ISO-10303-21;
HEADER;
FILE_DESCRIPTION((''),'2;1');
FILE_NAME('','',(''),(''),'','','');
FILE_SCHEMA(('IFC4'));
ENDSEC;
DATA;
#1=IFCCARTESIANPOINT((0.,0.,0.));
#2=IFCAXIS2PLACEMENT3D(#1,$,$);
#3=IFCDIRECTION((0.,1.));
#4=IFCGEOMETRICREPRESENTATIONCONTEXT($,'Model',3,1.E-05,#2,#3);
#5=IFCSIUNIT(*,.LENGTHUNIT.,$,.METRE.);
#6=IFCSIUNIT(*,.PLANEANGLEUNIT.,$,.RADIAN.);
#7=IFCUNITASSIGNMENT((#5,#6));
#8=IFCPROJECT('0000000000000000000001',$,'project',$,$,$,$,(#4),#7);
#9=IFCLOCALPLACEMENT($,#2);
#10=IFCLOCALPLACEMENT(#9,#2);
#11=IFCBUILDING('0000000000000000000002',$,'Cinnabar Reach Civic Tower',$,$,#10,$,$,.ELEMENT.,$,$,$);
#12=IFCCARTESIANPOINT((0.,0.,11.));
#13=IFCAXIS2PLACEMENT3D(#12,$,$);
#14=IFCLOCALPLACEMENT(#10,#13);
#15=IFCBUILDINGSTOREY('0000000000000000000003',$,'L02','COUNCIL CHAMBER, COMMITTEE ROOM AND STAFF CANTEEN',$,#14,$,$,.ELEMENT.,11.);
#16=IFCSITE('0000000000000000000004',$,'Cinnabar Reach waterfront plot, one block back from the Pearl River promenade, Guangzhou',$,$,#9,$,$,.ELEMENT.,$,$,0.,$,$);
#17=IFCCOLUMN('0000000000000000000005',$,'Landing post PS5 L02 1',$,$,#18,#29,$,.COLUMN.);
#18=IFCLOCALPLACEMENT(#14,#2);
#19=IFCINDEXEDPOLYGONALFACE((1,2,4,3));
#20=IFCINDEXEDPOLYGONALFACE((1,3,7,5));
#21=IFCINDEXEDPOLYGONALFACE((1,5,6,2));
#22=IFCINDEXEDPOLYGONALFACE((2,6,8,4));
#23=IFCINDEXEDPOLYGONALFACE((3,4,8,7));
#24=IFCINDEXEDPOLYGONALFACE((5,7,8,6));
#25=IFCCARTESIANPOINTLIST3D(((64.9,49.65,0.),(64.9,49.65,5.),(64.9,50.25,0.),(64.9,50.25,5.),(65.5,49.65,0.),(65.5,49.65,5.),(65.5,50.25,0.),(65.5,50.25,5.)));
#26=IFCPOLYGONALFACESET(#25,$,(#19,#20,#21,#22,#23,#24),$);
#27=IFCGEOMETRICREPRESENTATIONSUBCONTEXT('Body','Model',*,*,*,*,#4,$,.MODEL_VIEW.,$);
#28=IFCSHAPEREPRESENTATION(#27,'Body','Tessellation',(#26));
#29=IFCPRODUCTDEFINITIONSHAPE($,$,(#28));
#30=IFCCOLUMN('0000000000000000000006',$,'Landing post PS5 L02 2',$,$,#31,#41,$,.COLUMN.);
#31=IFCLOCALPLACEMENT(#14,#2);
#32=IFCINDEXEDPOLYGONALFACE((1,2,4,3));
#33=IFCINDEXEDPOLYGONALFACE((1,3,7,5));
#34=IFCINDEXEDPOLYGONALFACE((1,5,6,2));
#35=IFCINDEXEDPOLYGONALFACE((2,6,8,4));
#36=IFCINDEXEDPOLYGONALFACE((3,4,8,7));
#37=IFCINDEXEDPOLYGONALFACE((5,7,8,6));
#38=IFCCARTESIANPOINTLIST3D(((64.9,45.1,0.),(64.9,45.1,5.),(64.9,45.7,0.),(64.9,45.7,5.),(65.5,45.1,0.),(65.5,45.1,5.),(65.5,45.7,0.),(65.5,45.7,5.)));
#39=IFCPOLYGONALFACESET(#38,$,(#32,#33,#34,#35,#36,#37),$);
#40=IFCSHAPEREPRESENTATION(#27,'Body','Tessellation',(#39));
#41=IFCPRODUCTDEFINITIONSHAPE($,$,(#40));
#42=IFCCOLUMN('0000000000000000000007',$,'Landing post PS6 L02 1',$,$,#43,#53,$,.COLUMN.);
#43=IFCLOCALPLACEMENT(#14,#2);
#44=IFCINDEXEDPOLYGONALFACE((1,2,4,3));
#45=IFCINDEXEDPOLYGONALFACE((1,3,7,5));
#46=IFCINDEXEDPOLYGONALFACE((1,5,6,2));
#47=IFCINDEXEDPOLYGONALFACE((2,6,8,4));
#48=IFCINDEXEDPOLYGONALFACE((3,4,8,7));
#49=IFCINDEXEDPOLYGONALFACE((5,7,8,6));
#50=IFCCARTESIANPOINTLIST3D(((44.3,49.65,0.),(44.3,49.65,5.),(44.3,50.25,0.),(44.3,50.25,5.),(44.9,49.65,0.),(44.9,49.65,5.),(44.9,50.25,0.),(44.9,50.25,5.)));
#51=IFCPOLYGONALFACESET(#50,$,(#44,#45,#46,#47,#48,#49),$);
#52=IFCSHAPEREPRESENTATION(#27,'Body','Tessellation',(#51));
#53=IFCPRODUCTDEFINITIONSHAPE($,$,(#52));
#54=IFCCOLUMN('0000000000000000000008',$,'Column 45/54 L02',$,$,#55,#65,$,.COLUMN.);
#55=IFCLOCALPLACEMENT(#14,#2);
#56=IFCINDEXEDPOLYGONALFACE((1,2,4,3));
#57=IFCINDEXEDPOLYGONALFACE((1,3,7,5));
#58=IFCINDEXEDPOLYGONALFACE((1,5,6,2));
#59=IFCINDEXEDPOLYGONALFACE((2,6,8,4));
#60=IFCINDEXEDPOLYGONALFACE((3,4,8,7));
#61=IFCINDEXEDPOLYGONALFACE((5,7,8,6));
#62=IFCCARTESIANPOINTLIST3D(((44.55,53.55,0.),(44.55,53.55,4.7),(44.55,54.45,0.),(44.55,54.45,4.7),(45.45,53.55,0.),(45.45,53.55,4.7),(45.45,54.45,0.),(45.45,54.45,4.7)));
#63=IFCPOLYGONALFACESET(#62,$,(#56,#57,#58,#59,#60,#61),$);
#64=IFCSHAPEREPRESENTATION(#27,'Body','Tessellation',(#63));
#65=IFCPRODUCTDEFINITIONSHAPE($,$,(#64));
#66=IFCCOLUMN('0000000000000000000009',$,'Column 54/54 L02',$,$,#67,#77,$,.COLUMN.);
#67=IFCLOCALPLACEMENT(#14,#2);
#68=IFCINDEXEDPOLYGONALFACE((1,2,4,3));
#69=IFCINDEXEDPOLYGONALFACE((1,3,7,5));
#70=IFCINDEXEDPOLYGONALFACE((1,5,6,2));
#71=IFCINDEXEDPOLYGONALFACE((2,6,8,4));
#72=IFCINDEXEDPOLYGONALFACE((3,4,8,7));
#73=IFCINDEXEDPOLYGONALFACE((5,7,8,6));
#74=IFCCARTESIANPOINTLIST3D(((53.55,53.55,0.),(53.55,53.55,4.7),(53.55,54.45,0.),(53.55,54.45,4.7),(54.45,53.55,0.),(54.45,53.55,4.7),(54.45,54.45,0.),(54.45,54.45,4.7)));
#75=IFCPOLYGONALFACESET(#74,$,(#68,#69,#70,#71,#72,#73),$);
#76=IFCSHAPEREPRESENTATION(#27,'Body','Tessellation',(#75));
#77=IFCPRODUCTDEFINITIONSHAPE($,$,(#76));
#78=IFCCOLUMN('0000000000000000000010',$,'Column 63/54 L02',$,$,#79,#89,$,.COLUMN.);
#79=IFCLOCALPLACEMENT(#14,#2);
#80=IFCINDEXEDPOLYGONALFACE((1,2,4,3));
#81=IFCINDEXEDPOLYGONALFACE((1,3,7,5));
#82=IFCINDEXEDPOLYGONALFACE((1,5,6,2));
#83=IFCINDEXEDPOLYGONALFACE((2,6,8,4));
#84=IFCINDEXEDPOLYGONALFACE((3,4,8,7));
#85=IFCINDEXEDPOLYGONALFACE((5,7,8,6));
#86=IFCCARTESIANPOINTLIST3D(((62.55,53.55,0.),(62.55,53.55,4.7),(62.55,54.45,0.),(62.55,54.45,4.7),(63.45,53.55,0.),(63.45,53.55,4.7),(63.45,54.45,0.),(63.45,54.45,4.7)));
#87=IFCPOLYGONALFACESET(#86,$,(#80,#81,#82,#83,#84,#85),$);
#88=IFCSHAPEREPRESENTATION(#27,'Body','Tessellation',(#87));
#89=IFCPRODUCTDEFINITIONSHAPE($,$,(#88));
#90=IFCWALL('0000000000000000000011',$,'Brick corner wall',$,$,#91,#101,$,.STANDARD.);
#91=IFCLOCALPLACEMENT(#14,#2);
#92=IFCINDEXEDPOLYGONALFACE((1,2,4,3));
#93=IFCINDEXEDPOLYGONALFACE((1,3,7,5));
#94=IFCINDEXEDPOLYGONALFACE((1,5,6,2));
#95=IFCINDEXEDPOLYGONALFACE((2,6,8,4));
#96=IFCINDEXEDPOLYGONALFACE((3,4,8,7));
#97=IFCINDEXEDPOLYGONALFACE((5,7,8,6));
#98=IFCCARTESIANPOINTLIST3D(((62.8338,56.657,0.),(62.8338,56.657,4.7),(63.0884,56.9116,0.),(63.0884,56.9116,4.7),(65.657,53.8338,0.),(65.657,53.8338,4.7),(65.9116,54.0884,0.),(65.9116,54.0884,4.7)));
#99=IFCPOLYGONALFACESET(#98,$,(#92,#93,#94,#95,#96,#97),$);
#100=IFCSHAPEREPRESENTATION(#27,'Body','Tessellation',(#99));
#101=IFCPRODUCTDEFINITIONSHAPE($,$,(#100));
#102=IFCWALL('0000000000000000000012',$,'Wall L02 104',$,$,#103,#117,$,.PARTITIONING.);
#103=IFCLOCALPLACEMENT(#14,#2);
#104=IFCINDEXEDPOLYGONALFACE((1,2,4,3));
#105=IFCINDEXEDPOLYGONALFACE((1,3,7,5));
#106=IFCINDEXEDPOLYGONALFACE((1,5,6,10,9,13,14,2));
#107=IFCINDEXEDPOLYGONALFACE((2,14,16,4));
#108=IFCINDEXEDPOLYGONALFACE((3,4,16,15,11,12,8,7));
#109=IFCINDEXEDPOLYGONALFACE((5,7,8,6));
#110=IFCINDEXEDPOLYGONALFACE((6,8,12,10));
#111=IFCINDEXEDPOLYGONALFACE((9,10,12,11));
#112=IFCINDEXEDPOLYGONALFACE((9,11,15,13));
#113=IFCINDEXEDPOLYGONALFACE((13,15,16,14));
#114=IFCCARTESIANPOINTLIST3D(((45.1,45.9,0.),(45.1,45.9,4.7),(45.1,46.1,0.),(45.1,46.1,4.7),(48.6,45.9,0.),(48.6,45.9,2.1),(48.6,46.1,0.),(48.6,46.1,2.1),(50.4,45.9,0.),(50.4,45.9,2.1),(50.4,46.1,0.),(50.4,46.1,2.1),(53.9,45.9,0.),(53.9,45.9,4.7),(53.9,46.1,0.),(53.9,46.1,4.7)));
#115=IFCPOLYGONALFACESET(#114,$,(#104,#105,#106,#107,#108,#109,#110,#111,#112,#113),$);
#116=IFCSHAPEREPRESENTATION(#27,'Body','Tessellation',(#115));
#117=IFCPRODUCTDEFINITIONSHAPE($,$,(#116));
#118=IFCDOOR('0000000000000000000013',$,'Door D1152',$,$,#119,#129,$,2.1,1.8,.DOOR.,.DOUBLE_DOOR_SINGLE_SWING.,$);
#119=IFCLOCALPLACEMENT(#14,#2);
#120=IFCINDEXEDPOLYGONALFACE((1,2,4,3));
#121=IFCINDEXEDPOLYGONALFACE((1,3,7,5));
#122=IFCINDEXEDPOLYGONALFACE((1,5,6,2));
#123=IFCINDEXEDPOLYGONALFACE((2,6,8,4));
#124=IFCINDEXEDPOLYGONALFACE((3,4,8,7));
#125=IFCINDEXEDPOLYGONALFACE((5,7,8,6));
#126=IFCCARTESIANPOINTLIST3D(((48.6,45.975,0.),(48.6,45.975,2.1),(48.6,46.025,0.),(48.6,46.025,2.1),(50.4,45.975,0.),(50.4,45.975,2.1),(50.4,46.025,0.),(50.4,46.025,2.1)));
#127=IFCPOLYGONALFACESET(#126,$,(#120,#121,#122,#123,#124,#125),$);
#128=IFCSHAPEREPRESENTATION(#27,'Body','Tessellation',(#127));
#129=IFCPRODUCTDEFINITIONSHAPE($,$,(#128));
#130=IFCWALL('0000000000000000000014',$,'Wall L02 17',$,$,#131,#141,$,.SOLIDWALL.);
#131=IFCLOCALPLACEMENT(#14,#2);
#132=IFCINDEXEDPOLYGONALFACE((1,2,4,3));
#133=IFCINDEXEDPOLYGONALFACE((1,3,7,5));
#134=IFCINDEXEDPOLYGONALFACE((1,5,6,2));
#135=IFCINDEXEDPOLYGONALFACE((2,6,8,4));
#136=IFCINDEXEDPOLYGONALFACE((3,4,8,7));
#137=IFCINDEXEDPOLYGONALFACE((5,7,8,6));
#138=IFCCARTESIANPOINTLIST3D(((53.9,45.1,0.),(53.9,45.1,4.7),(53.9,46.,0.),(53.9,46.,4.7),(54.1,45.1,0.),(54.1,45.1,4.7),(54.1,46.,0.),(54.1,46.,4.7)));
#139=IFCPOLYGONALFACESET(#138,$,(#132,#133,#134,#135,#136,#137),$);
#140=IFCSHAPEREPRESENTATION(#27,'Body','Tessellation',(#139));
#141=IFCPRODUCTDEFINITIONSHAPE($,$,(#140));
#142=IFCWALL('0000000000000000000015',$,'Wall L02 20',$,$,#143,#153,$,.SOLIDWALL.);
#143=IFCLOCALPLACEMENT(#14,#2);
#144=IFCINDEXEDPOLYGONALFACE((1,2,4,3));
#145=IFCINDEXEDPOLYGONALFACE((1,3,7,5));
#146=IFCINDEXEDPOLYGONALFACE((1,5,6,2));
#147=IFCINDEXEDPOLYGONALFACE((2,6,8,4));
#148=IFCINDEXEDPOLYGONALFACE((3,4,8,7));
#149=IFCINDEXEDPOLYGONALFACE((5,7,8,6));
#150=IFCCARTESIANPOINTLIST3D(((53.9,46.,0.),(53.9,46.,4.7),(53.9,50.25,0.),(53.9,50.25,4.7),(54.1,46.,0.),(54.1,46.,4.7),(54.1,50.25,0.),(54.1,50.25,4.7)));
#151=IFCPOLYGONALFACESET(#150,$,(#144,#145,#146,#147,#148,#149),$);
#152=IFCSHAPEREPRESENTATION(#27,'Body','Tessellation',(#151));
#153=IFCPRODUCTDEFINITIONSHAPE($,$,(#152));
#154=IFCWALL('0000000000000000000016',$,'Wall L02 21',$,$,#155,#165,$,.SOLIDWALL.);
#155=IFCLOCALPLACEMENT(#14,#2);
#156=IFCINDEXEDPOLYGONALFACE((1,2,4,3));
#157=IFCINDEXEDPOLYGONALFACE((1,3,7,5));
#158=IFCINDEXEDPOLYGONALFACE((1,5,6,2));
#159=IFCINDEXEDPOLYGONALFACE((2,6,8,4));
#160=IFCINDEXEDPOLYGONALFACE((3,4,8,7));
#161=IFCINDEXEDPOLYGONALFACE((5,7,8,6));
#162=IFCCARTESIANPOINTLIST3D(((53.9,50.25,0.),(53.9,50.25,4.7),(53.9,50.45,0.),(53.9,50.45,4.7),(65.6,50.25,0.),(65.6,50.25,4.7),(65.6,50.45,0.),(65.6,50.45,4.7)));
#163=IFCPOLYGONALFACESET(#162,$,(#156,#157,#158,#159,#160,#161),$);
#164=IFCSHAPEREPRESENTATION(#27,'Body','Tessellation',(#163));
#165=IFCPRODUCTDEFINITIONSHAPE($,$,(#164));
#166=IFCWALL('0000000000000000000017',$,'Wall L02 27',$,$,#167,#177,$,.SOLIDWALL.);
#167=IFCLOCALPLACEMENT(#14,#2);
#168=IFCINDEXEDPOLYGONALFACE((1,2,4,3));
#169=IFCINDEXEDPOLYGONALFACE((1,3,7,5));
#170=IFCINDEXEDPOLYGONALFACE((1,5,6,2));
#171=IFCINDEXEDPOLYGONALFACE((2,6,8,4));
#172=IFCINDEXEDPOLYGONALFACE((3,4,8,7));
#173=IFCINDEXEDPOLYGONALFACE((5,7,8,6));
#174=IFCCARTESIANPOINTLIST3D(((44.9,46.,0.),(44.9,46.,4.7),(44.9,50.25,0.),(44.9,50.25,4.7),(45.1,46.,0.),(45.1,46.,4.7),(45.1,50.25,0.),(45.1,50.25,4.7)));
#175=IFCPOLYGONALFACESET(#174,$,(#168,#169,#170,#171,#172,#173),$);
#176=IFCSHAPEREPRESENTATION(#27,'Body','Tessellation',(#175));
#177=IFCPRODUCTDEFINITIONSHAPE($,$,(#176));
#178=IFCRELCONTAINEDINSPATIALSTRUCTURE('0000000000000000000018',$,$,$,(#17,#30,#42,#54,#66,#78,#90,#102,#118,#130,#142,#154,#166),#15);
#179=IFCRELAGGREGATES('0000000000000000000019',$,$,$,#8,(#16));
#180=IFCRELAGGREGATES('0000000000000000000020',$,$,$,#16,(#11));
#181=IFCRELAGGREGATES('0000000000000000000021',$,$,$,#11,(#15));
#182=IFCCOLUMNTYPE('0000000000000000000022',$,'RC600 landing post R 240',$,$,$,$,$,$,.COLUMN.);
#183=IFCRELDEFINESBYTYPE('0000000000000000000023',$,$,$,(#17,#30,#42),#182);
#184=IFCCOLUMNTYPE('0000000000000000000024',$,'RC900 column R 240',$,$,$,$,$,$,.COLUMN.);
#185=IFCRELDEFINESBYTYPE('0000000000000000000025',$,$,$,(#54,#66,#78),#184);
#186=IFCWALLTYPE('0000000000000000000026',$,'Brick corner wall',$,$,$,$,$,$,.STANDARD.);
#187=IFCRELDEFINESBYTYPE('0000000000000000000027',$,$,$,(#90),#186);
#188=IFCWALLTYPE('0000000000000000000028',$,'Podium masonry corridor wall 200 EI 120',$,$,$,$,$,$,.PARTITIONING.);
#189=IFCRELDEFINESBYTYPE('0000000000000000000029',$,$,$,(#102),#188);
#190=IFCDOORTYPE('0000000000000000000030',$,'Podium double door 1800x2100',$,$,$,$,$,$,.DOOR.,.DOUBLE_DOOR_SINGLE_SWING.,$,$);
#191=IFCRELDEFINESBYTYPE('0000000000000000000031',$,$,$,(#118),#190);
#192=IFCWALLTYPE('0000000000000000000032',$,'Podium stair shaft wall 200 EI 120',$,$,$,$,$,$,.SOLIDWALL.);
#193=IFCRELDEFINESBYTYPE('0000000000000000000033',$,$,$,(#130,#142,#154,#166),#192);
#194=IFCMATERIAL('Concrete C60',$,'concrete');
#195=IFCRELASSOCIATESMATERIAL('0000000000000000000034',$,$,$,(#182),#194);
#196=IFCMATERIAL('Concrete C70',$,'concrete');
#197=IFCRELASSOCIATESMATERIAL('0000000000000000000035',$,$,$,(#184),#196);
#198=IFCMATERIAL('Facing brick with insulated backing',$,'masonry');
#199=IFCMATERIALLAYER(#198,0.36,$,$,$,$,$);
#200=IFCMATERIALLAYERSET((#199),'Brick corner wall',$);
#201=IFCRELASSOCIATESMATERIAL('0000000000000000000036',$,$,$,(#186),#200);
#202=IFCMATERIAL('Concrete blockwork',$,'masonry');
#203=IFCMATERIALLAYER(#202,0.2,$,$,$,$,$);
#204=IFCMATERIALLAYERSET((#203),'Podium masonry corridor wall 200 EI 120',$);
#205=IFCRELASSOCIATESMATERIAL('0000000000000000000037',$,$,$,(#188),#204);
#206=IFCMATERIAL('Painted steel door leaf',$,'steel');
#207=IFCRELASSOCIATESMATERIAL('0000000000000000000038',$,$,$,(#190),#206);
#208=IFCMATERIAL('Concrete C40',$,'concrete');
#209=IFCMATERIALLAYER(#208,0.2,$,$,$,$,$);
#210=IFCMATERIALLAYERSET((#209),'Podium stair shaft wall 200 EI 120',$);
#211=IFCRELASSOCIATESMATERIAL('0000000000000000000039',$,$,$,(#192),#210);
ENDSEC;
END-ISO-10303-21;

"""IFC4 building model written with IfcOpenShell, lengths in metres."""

from ifc_helpers import new_model, si_unit, direction, frame, frame_2d, origin, origin_2d, place, context, subcontext, project, spatial, rectangle, extrude, material, layer, layer_set, material_profile, profile_set, type_object, element, fill, save


model = new_model("IFC4")

# Units and contexts
model_context = context("Model", 3, precision=1e-05, world=origin(), true_north=direction((0.0, 1.0)))
body_context = subcontext(model_context, "Body", "Model", "MODEL_VIEW")
ifc_project = project(units=[si_unit("LENGTHUNIT", "METRE"), si_unit("PLANEANGLEUNIT", "RADIAN")], contexts=[model_context])

# Site, building, storey
site_placement = place(None, origin())
site = spatial("IfcSite", under=ifc_project, at=site_placement, Name="Cinnabar Reach waterfront plot, one block back from the Pearl River promenade, Guangzhou", CompositionType="ELEMENT", RefElevation=0.0)
building_placement = place(site_placement, origin())
building = spatial("IfcBuilding", under=site, at=building_placement, Name="Cinnabar Reach Civic Tower", CompositionType="ELEMENT")
storey_placement = place(building_placement, frame((0.0, 0.0, 11.0)))
storey = spatial("IfcBuildingStorey", under=building, at=storey_placement, Name="L02", Description="COUNCIL CHAMBER, COMMITTEE ROOM AND STAFF CANTEEN", CompositionType="ELEMENT", Elevation=11.0)

# Columns
ifc_material_1 = material(Name="Concrete C60", Category="concrete")
ifc_material_profile_1 = material_profile(ifc_material_1, rectangle(XDim=0.6, YDim=0.6, at=origin_2d()), Name="RC600")
ifc_profile_set_1 = profile_set([ifc_material_profile_1], Name="Concrete C60")
column_type_1 = type_object("IfcColumnType", Name="RC600 landing post R 240", PredefinedType="COLUMN", material=ifc_profile_set_1)
for number, where, z_axis, x_axis, name in (
    (1, (65.2, 49.95, 0.0), (0.0, 0.0, 1.0), (1.0, 0.0, 0.0), "Landing post PS5 L02 1"),
    (2, (65.2, 45.4, 0.0), (0.0, 0.0, 1.0), (1.0, 0.0, 0.0), "Landing post PS5 L02 2"),
    (3, (44.6, 49.95, 0.0), (0.0, 0.0, 1.0), (1.0, 0.0, 0.0), "Landing post PS6 L02 1"),
):
    element("IfcColumn", number, at=place(storey_placement, frame(where, z_axis=z_axis, x_axis=x_axis)), inside=storey, type_object=column_type_1, Name=name, PredefinedType="COLUMN", context=body_context, shape_type="SweptSolid", body=[
        extrude(rectangle(XDim=0.6, YDim=0.6, at=origin_2d()), origin(), (0.0, 0.0, 1.0), 5.0),
    ])
ifc_material_2 = material(Name="Concrete C70", Category="concrete")
ifc_material_profile_2 = material_profile(ifc_material_2, rectangle(XDim=0.9, YDim=0.9, at=origin_2d()), Name="RC900")
ifc_profile_set_2 = profile_set([ifc_material_profile_2], Name="Concrete C70")
column_type_2 = type_object("IfcColumnType", Name="RC900 column R 240", PredefinedType="COLUMN", material=ifc_profile_set_2)
for number, where, z_axis, x_axis, name in (
    (4, (45.0, 54.0, 0.0), (0.0, 0.0, 1.0), (1.0, 0.0, 0.0), "Column 45/54 L02"),
    (5, (54.0, 54.0, 0.0), (0.0, 0.0, 1.0), (1.0, 0.0, 0.0), "Column 54/54 L02"),
    (6, (63.0, 54.0, 0.0), (0.0, 0.0, 1.0), (1.0, 0.0, 0.0), "Column 63/54 L02"),
):
    element("IfcColumn", number, at=place(storey_placement, frame(where, z_axis=z_axis, x_axis=x_axis)), inside=storey, type_object=column_type_2, Name=name, PredefinedType="COLUMN", context=body_context, shape_type="SweptSolid", body=[
        extrude(rectangle(XDim=0.9, YDim=0.9, at=origin_2d()), origin(), (0.0, 0.0, 1.0), 4.7),
    ])

# Wall
ifc_material_3 = material(Name="Facing brick with insulated backing", Category="masonry")
ifc_layer_1 = layer(ifc_material_3, 0.36)
ifc_layer_set_1 = layer_set([ifc_layer_1], Name="Brick corner wall")
wall_type_1 = type_object("IfcWallType", Name="Brick corner wall", PredefinedType="STANDARD", material=ifc_layer_set_1)
wall_1_placement = place(storey_placement, frame((65.7843, 53.9611, 0.0), z_axis=(0.0, 0.0, 1.0), x_axis=(-0.707107, 0.707107, 0.0)))
element("IfcWall", 7, at=wall_1_placement, inside=storey, type_object=wall_type_1, Name="Brick corner wall", PredefinedType="STANDARD", context=body_context, shape_type="SweptSolid", body=[
    extrude(rectangle(XDim=3.9926, YDim=0.36, at=frame_2d((1.9963, 0.0))), origin(), (0.0, 0.0, 1.0), 4.7),
])

# Wall, opening, door
ifc_material_4 = material(Name="Concrete blockwork", Category="masonry")
ifc_layer_2 = layer(ifc_material_4, 0.2)
ifc_layer_set_2 = layer_set([ifc_layer_2], Name="Podium masonry corridor wall 200 EI 120")
wall_type_2 = type_object("IfcWallType", Name="Podium masonry corridor wall 200 EI 120", PredefinedType="PARTITIONING", material=ifc_layer_set_2)
wall_2_placement = place(storey_placement, frame((45.1, 46.0, 0.0), z_axis=(0.0, 0.0, 1.0), x_axis=(1.0, 0.0, 0.0)))
wall_2 = element("IfcWall", 8, at=wall_2_placement, inside=storey, type_object=wall_type_2, Name="Wall L02 104", PredefinedType="PARTITIONING", context=body_context, shape_type="SweptSolid", body=[
    extrude(rectangle(XDim=8.8, YDim=0.2, at=frame_2d((4.4, 0.0))), origin(), (0.0, 0.0, 1.0), 4.7),
])
opening_placement = place(wall_2_placement, frame((3.5, 0.0, 0.0)))
opening = element("IfcOpeningElement", 9, at=opening_placement, cuts=wall_2, PredefinedType="OPENING", context=body_context, shape_type="SweptSolid", body=[
    extrude(rectangle(XDim=1.8, YDim=2.1, at=frame_2d((0.9, 1.05))), frame((0.0, 0.11, 0.0), z_axis=(0.0, -1.0, 0.0), x_axis=(1.0, 0.0, 0.0)), (0.0, 0.0, 1.0), 0.22),
])
ifc_material_5 = material(Name="Painted steel door leaf", Category="steel")
door_type = type_object("IfcDoorType", Name="Podium double door 1800x2100", OperationType="DOUBLE_DOOR_SINGLE_SWING", PredefinedType="DOOR", material=ifc_material_5)
door_placement = place(opening_placement, origin())
door = element("IfcDoor", 10, at=door_placement, inside=storey, type_object=door_type, Name="Door D1152", OperationType="DOUBLE_DOOR_SINGLE_SWING", OverallHeight=2.1, OverallWidth=1.8, PredefinedType="DOOR", context=body_context, shape_type="SweptSolid", body=[
    extrude(rectangle(XDim=1.8, YDim=2.1, at=frame_2d((0.9, 1.05))), frame((0.0, 0.025, 0.0), z_axis=(0.0, -1.0, 0.0), x_axis=(1.0, 0.0, 0.0)), (0.0, 0.0, 1.0), 0.05),
])
fill(opening, door)

# Walls
ifc_material_6 = material(Name="Concrete C40", Category="concrete")
ifc_layer_3 = layer(ifc_material_6, 0.2)
ifc_layer_set_3 = layer_set([ifc_layer_3], Name="Podium stair shaft wall 200 EI 120")
wall_type_3 = type_object("IfcWallType", Name="Podium stair shaft wall 200 EI 120", PredefinedType="SOLIDWALL", material=ifc_layer_set_3)
wall_3_placement = place(storey_placement, frame((54.0, 45.1, 0.0), z_axis=(0.0, 0.0, 1.0), x_axis=(0.0, 1.0, 0.0)))
element("IfcWall", 11, at=wall_3_placement, inside=storey, type_object=wall_type_3, Name="Wall L02 17", PredefinedType="SOLIDWALL", context=body_context, shape_type="SweptSolid", body=[
    extrude(rectangle(XDim=0.9, YDim=0.2, at=frame_2d((0.45, 0.0))), origin(), (0.0, 0.0, 1.0), 4.7),
])
wall_4_placement = place(storey_placement, frame((54.0, 46.0, 0.0), z_axis=(0.0, 0.0, 1.0), x_axis=(0.0, 1.0, 0.0)))
element("IfcWall", 12, at=wall_4_placement, inside=storey, type_object=wall_type_3, Name="Wall L02 20", PredefinedType="SOLIDWALL", context=body_context, shape_type="SweptSolid", body=[
    extrude(rectangle(XDim=4.25, YDim=0.2, at=frame_2d((2.125, 0.0))), origin(), (0.0, 0.0, 1.0), 4.7),
])
wall_5_placement = place(storey_placement, frame((53.9, 50.35, 0.0), z_axis=(0.0, 0.0, 1.0), x_axis=(1.0, 0.0, 0.0)))
element("IfcWall", 13, at=wall_5_placement, inside=storey, type_object=wall_type_3, Name="Wall L02 21", PredefinedType="SOLIDWALL", context=body_context, shape_type="SweptSolid", body=[
    extrude(rectangle(XDim=11.7, YDim=0.2, at=frame_2d((5.85, 0.0))), origin(), (0.0, 0.0, 1.0), 4.7),
])
wall_6_placement = place(storey_placement, frame((45.0, 46.0, 0.0), z_axis=(0.0, 0.0, 1.0), x_axis=(0.0, 1.0, 0.0)))
element("IfcWall", 14, at=wall_6_placement, inside=storey, type_object=wall_type_3, Name="Wall L02 27", PredefinedType="SOLIDWALL", context=body_context, shape_type="SweptSolid", body=[
    extrude(rectangle(XDim=4.25, YDim=0.2, at=frame_2d((2.125, 0.0))), origin(), (0.0, 0.0, 1.0), 4.7),
])

save(model, "model.ifc")
